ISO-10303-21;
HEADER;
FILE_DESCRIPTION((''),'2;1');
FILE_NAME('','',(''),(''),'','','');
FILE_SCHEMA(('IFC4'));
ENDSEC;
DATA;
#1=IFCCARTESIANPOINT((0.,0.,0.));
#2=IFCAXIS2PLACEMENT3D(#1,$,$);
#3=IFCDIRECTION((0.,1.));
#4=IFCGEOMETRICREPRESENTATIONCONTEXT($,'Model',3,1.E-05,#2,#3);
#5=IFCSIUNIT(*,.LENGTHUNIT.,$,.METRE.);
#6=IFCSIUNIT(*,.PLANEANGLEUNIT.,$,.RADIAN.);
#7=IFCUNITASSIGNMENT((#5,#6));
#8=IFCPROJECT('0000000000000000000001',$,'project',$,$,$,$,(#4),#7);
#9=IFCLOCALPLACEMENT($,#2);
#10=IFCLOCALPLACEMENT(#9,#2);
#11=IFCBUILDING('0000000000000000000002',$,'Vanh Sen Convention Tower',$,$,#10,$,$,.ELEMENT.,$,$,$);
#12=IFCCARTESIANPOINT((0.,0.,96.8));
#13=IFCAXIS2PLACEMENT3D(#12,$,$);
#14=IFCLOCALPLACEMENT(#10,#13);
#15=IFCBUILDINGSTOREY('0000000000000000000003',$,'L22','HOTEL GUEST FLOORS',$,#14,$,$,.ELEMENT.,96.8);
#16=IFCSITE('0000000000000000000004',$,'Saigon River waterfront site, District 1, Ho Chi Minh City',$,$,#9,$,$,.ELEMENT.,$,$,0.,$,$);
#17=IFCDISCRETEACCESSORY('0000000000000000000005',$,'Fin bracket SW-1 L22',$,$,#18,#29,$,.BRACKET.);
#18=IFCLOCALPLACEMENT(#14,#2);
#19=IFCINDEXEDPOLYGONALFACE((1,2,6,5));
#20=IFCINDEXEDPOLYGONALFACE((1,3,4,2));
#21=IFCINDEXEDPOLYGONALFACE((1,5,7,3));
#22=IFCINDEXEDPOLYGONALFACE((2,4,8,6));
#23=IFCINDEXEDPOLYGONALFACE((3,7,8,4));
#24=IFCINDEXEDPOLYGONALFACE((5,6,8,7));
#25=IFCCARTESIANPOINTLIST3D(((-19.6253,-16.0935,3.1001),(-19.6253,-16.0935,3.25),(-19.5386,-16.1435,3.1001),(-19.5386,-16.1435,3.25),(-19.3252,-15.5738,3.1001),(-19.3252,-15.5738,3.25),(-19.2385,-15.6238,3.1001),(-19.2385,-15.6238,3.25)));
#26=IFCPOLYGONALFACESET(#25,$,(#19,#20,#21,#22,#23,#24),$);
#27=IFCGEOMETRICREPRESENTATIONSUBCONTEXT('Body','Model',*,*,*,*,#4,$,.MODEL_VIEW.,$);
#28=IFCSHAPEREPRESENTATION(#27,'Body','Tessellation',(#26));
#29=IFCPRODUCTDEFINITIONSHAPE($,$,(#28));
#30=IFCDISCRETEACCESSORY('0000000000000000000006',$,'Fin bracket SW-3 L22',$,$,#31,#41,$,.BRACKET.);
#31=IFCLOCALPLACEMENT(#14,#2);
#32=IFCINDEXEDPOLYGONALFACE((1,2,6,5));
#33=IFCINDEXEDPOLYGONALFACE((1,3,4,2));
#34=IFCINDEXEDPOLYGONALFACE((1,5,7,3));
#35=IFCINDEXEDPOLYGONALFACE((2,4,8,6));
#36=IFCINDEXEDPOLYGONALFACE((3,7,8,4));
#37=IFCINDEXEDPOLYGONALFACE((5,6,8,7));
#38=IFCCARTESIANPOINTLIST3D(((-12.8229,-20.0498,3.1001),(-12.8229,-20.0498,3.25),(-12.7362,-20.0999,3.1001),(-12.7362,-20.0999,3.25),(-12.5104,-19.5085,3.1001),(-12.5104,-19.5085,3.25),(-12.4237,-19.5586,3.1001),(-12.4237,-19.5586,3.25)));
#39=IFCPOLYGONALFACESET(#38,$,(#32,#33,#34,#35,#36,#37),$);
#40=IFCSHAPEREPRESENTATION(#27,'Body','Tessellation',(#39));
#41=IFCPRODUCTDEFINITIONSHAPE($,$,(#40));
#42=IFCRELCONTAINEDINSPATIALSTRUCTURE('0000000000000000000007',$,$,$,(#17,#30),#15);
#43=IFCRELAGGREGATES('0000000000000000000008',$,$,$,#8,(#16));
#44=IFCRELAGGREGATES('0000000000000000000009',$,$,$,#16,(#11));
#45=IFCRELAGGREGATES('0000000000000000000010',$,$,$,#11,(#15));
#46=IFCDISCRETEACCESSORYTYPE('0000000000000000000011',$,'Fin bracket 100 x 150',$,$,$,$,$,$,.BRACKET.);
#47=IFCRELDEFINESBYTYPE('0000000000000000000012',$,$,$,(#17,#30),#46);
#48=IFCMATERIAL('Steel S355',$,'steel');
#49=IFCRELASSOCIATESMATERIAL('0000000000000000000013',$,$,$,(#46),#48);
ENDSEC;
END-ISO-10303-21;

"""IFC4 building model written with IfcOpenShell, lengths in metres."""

from ifc_helpers import new_model, si_unit, direction, frame, origin, origin_2d, place, context, subcontext, project, spatial, rectangle, extrude, material, type_object, element, save


model = new_model("IFC4")

# Units and contexts
model_context = context("Model", 3, precision=1e-05, world=origin(), true_north=direction((0.0, 1.0)))
body_context = subcontext(model_context, "Body", "Model", "MODEL_VIEW")
ifc_project = project(units=[si_unit("LENGTHUNIT", "METRE"), si_unit("PLANEANGLEUNIT", "RADIAN")], contexts=[model_context])

# Site, building, storey
site_placement = place(None, origin())
site = spatial("IfcSite", under=ifc_project, at=site_placement, Name="Saigon River waterfront site, District 1, Ho Chi Minh City", CompositionType="ELEMENT", RefElevation=0.0)
building_placement = place(site_placement, origin())
building = spatial("IfcBuilding", under=site, at=building_placement, Name="Vanh Sen Convention Tower", CompositionType="ELEMENT")
storey_placement = place(building_placement, frame((0.0, 0.0, 96.8)))
storey = spatial("IfcBuildingStorey", under=building, at=storey_placement, Name="L22", Description="HOTEL GUEST FLOORS", CompositionType="ELEMENT", Elevation=96.8)

# Discrete accessories
ifc_material_1 = material(Name="Steel S355", Category="steel")
discrete_accessory_type = type_object("IfcDiscreteAccessoryType", Name="Fin bracket 100 x 150", PredefinedType="BRACKET", material=ifc_material_1)
discrete_accessory_1_placement = place(storey_placement, frame((-19.4319, -15.8586, 3.1001), z_axis=(0.0, 0.0, 1.0), x_axis=(-0.5, -0.866025, 0.0)))
element("IfcDiscreteAccessory", 1, at=discrete_accessory_1_placement, inside=storey, type_object=discrete_accessory_type, Name="Fin bracket SW-1 L22", PredefinedType="BRACKET", context=body_context, shape_type="SweptSolid", body=[
    extrude(rectangle(XDim=0.6001, YDim=0.1001, at=origin_2d()), origin(), (0.0, 0.0, 1.0), 0.1499),
])
discrete_accessory_2_placement = place(storey_placement, frame((-12.6233, -19.8042, 3.1001), z_axis=(0.0, 0.0, 1.0), x_axis=(-0.5, -0.866025, 0.0)))
element("IfcDiscreteAccessory", 2, at=discrete_accessory_2_placement, inside=storey, type_object=discrete_accessory_type, Name="Fin bracket SW-3 L22", PredefinedType="BRACKET", context=body_context, shape_type="SweptSolid", body=[
    extrude(rectangle(XDim=0.625, YDim=0.1001, at=origin_2d()), origin(), (0.0, 0.0, 1.0), 0.1499),
])

save(model, "model.ifc")
